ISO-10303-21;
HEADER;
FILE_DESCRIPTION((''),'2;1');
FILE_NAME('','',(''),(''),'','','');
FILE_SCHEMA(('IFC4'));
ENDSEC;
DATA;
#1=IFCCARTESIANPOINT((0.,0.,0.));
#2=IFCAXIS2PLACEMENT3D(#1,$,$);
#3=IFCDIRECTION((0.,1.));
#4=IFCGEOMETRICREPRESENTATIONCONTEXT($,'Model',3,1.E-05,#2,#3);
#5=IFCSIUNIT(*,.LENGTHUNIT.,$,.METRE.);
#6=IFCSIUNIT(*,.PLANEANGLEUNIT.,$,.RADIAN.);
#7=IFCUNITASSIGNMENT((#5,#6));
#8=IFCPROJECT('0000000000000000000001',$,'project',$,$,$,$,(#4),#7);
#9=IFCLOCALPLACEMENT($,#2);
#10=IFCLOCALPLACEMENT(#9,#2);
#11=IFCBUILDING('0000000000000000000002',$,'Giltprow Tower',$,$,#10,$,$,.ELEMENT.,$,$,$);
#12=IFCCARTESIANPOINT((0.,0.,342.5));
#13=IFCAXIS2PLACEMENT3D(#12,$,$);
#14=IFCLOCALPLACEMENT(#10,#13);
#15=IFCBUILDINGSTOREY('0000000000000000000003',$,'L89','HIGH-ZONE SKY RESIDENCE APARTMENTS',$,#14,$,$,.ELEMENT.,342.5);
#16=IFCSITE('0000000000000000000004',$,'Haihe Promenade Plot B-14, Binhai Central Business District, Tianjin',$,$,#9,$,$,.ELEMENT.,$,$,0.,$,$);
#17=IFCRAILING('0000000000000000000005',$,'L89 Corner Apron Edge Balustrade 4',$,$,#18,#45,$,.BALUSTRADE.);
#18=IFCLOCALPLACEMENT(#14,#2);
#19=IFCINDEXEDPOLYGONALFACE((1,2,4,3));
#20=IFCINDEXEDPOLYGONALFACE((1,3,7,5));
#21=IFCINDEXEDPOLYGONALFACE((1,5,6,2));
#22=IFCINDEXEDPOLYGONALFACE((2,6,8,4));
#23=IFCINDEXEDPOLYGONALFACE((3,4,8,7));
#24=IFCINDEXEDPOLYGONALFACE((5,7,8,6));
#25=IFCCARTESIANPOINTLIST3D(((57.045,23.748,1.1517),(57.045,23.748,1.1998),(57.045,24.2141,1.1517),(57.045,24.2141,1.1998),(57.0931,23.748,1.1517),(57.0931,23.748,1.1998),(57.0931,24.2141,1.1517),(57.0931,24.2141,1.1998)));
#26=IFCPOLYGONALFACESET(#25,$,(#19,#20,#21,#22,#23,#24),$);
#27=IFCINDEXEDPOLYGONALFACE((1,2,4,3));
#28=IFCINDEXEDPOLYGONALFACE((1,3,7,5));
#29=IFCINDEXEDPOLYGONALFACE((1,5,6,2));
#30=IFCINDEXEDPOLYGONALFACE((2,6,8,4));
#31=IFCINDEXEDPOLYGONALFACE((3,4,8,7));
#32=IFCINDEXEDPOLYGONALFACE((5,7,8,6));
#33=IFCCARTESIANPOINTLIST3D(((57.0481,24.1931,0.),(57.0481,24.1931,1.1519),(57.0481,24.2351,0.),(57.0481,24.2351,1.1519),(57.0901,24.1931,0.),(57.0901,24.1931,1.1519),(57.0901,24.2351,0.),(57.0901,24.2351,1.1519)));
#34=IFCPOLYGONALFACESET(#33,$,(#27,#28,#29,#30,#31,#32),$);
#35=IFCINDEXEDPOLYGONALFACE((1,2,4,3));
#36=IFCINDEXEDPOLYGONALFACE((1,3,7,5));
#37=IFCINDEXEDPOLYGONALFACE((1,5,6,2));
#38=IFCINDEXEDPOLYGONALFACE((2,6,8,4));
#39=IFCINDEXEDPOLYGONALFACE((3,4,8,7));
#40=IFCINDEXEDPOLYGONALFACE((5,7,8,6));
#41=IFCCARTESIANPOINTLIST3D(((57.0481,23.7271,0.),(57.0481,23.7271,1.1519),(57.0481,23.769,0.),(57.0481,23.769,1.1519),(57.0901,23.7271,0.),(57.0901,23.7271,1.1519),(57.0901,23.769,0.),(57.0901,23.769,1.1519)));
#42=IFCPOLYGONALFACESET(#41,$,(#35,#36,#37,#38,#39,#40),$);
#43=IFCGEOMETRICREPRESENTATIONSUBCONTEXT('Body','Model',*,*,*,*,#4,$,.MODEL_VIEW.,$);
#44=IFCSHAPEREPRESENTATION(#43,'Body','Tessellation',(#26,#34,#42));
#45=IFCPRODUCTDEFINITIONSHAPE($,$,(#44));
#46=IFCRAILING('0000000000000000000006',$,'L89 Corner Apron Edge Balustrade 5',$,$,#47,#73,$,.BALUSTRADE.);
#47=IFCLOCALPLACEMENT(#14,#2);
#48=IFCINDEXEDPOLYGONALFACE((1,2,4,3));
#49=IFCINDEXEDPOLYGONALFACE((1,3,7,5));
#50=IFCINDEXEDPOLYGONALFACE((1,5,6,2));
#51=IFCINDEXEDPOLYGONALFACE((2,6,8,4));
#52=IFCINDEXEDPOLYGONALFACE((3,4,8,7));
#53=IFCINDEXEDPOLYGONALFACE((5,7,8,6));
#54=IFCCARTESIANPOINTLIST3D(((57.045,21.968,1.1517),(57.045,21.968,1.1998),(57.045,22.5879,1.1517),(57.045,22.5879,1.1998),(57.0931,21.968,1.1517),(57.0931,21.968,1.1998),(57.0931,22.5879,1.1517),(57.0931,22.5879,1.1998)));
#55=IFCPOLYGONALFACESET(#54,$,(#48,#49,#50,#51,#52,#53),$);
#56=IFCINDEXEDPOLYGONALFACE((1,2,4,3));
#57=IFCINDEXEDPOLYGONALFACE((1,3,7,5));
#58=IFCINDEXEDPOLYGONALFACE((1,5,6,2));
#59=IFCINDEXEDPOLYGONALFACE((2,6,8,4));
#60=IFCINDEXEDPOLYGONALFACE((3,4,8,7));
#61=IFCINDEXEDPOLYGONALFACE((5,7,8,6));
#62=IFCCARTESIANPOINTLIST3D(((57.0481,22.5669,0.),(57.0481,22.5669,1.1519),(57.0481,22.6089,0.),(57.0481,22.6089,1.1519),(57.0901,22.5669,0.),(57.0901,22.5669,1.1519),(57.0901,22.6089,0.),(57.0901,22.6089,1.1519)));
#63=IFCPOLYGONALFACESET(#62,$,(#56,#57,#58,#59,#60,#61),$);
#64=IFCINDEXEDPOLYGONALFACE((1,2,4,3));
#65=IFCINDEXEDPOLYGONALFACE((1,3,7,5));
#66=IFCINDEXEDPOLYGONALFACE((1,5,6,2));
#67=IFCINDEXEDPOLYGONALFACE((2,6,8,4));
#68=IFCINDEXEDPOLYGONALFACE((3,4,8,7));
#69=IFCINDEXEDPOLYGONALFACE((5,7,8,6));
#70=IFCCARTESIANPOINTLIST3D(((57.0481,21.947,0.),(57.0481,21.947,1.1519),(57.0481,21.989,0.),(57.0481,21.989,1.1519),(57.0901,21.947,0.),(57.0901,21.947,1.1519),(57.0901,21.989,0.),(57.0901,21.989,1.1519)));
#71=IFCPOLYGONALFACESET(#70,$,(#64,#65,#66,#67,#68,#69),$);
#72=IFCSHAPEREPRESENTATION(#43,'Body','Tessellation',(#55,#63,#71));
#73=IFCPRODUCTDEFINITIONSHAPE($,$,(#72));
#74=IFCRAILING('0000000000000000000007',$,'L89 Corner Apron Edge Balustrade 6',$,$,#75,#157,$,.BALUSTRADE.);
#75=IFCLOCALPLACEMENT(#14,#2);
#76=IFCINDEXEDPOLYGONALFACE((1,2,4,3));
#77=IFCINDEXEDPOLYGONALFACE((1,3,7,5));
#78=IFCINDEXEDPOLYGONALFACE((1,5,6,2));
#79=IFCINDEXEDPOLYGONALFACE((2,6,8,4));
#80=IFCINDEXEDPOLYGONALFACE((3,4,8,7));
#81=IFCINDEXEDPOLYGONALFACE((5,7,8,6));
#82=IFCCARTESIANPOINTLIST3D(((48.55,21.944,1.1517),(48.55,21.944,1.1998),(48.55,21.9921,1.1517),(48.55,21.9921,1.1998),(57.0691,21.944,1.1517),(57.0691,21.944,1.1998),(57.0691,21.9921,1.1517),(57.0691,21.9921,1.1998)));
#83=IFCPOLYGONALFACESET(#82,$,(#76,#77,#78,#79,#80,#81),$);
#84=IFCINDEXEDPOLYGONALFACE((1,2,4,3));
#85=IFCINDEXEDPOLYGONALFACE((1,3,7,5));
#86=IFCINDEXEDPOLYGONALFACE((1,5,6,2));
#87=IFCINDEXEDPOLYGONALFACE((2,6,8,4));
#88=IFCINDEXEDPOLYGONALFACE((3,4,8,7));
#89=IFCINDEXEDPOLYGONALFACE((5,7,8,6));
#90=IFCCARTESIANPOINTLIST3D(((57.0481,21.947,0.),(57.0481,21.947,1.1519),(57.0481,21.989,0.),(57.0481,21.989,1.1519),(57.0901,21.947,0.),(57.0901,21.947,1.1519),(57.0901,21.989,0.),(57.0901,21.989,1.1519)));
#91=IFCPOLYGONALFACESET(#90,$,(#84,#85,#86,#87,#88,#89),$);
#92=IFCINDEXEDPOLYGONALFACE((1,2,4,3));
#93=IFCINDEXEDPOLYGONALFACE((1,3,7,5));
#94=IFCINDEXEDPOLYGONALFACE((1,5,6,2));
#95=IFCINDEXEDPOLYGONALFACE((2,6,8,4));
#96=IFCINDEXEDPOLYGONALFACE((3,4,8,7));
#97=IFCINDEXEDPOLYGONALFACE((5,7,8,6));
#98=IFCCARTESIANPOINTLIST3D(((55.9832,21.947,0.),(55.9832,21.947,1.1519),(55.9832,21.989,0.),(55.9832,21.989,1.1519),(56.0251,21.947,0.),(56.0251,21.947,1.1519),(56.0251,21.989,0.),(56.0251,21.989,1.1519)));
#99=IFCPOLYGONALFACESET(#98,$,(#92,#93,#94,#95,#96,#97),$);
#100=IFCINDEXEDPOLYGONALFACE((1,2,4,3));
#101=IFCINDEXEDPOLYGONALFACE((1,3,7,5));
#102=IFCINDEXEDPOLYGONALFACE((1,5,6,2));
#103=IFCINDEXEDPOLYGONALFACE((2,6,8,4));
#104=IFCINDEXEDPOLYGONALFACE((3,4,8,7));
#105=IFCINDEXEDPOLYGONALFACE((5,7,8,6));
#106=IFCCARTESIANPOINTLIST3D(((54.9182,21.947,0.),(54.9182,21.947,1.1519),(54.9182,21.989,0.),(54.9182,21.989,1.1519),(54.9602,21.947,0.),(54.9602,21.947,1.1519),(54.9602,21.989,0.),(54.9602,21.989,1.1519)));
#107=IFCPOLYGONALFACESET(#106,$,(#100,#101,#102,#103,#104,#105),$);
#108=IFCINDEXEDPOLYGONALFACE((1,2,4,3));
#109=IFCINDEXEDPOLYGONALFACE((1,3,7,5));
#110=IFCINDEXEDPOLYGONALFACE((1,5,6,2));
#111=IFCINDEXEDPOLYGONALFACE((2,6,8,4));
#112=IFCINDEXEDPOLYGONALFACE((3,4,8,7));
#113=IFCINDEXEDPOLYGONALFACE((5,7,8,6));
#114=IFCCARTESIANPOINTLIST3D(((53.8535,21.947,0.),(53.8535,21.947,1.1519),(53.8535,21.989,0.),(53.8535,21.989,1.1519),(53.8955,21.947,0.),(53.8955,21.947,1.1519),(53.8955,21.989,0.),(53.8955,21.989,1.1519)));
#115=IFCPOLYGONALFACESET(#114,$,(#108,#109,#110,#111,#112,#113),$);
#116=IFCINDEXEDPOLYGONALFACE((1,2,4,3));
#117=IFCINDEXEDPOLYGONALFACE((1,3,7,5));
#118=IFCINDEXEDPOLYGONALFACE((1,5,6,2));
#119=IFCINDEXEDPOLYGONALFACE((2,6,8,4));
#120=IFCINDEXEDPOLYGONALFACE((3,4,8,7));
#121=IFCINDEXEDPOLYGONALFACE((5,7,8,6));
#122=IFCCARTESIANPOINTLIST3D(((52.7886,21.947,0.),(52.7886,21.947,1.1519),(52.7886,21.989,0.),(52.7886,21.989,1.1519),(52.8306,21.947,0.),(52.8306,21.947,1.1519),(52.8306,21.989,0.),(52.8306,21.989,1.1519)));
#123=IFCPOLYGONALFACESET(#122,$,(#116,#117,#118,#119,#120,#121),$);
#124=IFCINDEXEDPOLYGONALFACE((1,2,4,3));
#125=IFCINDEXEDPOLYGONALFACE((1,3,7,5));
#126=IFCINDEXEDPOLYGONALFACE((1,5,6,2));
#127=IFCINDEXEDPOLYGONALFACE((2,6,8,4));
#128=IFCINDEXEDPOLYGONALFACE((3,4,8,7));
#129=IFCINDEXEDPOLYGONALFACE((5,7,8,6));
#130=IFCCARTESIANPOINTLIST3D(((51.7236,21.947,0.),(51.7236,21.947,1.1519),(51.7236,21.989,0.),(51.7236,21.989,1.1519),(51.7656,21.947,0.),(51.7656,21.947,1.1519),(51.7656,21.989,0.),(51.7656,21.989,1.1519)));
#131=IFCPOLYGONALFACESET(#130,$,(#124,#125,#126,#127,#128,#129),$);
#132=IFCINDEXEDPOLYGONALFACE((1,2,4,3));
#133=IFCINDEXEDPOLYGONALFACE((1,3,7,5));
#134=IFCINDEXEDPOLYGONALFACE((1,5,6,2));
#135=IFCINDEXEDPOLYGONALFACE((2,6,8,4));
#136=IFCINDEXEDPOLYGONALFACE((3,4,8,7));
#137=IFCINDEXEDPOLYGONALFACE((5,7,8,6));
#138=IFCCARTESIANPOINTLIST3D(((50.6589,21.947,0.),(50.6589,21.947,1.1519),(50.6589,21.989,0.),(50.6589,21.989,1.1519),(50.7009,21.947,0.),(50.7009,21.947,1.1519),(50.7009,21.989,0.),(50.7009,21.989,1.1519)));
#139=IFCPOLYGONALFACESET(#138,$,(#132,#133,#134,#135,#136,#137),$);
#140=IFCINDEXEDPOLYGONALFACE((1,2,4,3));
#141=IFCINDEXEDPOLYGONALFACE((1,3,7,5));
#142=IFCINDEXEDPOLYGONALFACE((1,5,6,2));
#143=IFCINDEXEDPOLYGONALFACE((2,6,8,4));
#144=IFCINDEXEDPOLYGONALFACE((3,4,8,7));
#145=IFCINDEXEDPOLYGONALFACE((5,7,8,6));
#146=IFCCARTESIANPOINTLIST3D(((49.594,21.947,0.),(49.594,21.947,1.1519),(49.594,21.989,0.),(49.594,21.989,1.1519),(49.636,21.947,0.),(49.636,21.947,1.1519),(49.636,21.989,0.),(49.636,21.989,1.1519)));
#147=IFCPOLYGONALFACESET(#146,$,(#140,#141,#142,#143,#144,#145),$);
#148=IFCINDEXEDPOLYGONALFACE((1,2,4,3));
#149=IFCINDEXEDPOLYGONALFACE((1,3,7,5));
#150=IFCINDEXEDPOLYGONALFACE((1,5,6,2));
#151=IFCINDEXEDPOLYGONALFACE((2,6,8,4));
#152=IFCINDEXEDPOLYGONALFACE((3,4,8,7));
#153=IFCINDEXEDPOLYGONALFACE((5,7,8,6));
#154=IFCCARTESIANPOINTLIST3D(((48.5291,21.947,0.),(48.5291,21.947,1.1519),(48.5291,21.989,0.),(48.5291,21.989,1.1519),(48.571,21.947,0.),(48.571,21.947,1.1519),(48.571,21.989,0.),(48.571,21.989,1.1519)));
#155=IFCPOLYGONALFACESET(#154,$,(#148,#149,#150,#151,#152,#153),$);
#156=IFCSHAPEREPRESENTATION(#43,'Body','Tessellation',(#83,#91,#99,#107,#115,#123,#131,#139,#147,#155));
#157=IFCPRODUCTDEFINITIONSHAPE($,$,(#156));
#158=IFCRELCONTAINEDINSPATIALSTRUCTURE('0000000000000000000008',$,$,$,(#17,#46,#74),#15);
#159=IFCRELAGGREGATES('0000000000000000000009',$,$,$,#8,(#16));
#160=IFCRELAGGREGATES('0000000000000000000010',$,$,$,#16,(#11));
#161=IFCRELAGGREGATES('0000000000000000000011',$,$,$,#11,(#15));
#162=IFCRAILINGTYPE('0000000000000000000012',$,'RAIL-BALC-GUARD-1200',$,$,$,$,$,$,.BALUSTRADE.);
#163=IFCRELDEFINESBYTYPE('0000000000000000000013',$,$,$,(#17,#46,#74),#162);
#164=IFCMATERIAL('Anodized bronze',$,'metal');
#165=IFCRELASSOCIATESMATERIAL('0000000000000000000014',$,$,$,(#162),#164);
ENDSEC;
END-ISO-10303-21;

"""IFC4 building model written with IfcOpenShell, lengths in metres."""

from ifc_helpers import new_model, si_unit, direction, frame, origin, origin_2d, place, context, subcontext, project, spatial, rectangle, extrude, material, type_object, element, save


model = new_model("IFC4")

# Units and contexts
model_context = context("Model", 3, precision=1e-05, world=origin(), true_north=direction((0.0, 1.0)))
body_context = subcontext(model_context, "Body", "Model", "MODEL_VIEW")
ifc_project = project(units=[si_unit("LENGTHUNIT", "METRE"), si_unit("PLANEANGLEUNIT", "RADIAN")], contexts=[model_context])

# Site, building, storey
site_placement = place(None, origin())
site = spatial("IfcSite", under=ifc_project, at=site_placement, Name="Haihe Promenade Plot B-14, Binhai Central Business District, Tianjin", CompositionType="ELEMENT", RefElevation=0.0)
building_placement = place(site_placement, origin())
building = spatial("IfcBuilding", under=site, at=building_placement, Name="Giltprow Tower", CompositionType="ELEMENT")
storey_placement = place(building_placement, frame((0.0, 0.0, 342.5)))
storey = spatial("IfcBuildingStorey", under=building, at=storey_placement, Name="L89", Description="HIGH-ZONE SKY RESIDENCE APARTMENTS", CompositionType="ELEMENT", Elevation=342.5)

# Shared definitions
ifc_material_1 = material(Name="Anodized bronze", Category="metal")

# Railings
railing_type = type_object("IfcRailingType", Name="RAIL-BALC-GUARD-1200", PredefinedType="BALUSTRADE", material=ifc_material_1)
railing_1_placement = place(storey_placement, frame((57.0691, 24.2141, 0.0)))
element("IfcRailing", 1, at=railing_1_placement, inside=storey, type_object=railing_type, Name="L89 Corner Apron Edge Balustrade 4", PredefinedType="BALUSTRADE", context=body_context, shape_type="SweptSolid", body=[
    extrude(rectangle(XDim=0.0481, YDim=0.0481, at=origin_2d()), frame((0.0, 0.0, 1.1758), z_axis=(0.0, -1.0, 0.0), x_axis=(1.0, 0.0, 0.0)), (0.0, 0.0, 1.0), 0.4661),
    extrude(rectangle(XDim=0.042, YDim=0.042, at=origin_2d()), origin(), (0.0, 0.0, 1.0), 1.1519),
    extrude(rectangle(XDim=0.042, YDim=0.042, at=origin_2d()), frame((0.0, -0.4661, 0.0)), (0.0, 0.0, 1.0), 1.1519),
])
railing_2_placement = place(storey_placement, frame((57.0691, 22.5879, 0.0)))
element("IfcRailing", 2, at=railing_2_placement, inside=storey, type_object=railing_type, Name="L89 Corner Apron Edge Balustrade 5", PredefinedType="BALUSTRADE", context=body_context, shape_type="SweptSolid", body=[
    extrude(rectangle(XDim=0.0481, YDim=0.0481, at=origin_2d()), frame((0.0, 0.0, 1.1758), z_axis=(0.0, -1.0, 0.0), x_axis=(1.0, 0.0, 0.0)), (0.0, 0.0, 1.0), 0.6199),
    extrude(rectangle(XDim=0.042, YDim=0.042, at=origin_2d()), origin(), (0.0, 0.0, 1.0), 1.1519),
    extrude(rectangle(XDim=0.042, YDim=0.042, at=origin_2d()), frame((0.0, -0.6199, 0.0)), (0.0, 0.0, 1.0), 1.1519),
])
railing_3_placement = place(storey_placement, frame((57.0691, 21.968, 0.0)))
element("IfcRailing", 3, at=railing_3_placement, inside=storey, type_object=railing_type, Name="L89 Corner Apron Edge Balustrade 6", PredefinedType="BALUSTRADE", context=body_context, shape_type="SweptSolid", body=[
    extrude(rectangle(XDim=0.0481, YDim=0.0481, at=origin_2d()), frame((0.0, 0.0, 1.1758), z_axis=(-1.0, 0.0, 0.0), x_axis=(0.0, -1.0, 0.0)), (0.0, 0.0, 1.0), 8.519),
    extrude(rectangle(XDim=0.042, YDim=0.042, at=origin_2d()), origin(), (0.0, 0.0, 1.0), 1.1519),
    extrude(rectangle(XDim=0.042, YDim=0.042, at=origin_2d()), frame((-1.0649, 0.0, 0.0)), (0.0, 0.0, 1.0), 1.1519),
    extrude(rectangle(XDim=0.042, YDim=0.042, at=origin_2d()), frame((-2.1299, 0.0, 0.0)), (0.0, 0.0, 1.0), 1.1519),
    extrude(rectangle(XDim=0.042, YDim=0.042, at=origin_2d()), frame((-3.1946, 0.0, 0.0)), (0.0, 0.0, 1.0), 1.1519),
    extrude(rectangle(XDim=0.042, YDim=0.042, at=origin_2d()), frame((-4.2595, 0.0, 0.0)), (0.0, 0.0, 1.0), 1.1519),
    extrude(rectangle(XDim=0.042, YDim=0.042, at=origin_2d()), frame((-5.3245, 0.0, 0.0)), (0.0, 0.0, 1.0), 1.1519),
    extrude(rectangle(XDim=0.042, YDim=0.042, at=origin_2d()), frame((-6.3892, 0.0, 0.0)), (0.0, 0.0, 1.0), 1.1519),
    extrude(rectangle(XDim=0.042, YDim=0.042, at=origin_2d()), frame((-7.4541, 0.0, 0.0)), (0.0, 0.0, 1.0), 1.1519),
    extrude(rectangle(XDim=0.042, YDim=0.042, at=origin_2d()), frame((-8.519, 0.0, 0.0)), (0.0, 0.0, 1.0), 1.1519),
])

save(model, "model.ifc")
